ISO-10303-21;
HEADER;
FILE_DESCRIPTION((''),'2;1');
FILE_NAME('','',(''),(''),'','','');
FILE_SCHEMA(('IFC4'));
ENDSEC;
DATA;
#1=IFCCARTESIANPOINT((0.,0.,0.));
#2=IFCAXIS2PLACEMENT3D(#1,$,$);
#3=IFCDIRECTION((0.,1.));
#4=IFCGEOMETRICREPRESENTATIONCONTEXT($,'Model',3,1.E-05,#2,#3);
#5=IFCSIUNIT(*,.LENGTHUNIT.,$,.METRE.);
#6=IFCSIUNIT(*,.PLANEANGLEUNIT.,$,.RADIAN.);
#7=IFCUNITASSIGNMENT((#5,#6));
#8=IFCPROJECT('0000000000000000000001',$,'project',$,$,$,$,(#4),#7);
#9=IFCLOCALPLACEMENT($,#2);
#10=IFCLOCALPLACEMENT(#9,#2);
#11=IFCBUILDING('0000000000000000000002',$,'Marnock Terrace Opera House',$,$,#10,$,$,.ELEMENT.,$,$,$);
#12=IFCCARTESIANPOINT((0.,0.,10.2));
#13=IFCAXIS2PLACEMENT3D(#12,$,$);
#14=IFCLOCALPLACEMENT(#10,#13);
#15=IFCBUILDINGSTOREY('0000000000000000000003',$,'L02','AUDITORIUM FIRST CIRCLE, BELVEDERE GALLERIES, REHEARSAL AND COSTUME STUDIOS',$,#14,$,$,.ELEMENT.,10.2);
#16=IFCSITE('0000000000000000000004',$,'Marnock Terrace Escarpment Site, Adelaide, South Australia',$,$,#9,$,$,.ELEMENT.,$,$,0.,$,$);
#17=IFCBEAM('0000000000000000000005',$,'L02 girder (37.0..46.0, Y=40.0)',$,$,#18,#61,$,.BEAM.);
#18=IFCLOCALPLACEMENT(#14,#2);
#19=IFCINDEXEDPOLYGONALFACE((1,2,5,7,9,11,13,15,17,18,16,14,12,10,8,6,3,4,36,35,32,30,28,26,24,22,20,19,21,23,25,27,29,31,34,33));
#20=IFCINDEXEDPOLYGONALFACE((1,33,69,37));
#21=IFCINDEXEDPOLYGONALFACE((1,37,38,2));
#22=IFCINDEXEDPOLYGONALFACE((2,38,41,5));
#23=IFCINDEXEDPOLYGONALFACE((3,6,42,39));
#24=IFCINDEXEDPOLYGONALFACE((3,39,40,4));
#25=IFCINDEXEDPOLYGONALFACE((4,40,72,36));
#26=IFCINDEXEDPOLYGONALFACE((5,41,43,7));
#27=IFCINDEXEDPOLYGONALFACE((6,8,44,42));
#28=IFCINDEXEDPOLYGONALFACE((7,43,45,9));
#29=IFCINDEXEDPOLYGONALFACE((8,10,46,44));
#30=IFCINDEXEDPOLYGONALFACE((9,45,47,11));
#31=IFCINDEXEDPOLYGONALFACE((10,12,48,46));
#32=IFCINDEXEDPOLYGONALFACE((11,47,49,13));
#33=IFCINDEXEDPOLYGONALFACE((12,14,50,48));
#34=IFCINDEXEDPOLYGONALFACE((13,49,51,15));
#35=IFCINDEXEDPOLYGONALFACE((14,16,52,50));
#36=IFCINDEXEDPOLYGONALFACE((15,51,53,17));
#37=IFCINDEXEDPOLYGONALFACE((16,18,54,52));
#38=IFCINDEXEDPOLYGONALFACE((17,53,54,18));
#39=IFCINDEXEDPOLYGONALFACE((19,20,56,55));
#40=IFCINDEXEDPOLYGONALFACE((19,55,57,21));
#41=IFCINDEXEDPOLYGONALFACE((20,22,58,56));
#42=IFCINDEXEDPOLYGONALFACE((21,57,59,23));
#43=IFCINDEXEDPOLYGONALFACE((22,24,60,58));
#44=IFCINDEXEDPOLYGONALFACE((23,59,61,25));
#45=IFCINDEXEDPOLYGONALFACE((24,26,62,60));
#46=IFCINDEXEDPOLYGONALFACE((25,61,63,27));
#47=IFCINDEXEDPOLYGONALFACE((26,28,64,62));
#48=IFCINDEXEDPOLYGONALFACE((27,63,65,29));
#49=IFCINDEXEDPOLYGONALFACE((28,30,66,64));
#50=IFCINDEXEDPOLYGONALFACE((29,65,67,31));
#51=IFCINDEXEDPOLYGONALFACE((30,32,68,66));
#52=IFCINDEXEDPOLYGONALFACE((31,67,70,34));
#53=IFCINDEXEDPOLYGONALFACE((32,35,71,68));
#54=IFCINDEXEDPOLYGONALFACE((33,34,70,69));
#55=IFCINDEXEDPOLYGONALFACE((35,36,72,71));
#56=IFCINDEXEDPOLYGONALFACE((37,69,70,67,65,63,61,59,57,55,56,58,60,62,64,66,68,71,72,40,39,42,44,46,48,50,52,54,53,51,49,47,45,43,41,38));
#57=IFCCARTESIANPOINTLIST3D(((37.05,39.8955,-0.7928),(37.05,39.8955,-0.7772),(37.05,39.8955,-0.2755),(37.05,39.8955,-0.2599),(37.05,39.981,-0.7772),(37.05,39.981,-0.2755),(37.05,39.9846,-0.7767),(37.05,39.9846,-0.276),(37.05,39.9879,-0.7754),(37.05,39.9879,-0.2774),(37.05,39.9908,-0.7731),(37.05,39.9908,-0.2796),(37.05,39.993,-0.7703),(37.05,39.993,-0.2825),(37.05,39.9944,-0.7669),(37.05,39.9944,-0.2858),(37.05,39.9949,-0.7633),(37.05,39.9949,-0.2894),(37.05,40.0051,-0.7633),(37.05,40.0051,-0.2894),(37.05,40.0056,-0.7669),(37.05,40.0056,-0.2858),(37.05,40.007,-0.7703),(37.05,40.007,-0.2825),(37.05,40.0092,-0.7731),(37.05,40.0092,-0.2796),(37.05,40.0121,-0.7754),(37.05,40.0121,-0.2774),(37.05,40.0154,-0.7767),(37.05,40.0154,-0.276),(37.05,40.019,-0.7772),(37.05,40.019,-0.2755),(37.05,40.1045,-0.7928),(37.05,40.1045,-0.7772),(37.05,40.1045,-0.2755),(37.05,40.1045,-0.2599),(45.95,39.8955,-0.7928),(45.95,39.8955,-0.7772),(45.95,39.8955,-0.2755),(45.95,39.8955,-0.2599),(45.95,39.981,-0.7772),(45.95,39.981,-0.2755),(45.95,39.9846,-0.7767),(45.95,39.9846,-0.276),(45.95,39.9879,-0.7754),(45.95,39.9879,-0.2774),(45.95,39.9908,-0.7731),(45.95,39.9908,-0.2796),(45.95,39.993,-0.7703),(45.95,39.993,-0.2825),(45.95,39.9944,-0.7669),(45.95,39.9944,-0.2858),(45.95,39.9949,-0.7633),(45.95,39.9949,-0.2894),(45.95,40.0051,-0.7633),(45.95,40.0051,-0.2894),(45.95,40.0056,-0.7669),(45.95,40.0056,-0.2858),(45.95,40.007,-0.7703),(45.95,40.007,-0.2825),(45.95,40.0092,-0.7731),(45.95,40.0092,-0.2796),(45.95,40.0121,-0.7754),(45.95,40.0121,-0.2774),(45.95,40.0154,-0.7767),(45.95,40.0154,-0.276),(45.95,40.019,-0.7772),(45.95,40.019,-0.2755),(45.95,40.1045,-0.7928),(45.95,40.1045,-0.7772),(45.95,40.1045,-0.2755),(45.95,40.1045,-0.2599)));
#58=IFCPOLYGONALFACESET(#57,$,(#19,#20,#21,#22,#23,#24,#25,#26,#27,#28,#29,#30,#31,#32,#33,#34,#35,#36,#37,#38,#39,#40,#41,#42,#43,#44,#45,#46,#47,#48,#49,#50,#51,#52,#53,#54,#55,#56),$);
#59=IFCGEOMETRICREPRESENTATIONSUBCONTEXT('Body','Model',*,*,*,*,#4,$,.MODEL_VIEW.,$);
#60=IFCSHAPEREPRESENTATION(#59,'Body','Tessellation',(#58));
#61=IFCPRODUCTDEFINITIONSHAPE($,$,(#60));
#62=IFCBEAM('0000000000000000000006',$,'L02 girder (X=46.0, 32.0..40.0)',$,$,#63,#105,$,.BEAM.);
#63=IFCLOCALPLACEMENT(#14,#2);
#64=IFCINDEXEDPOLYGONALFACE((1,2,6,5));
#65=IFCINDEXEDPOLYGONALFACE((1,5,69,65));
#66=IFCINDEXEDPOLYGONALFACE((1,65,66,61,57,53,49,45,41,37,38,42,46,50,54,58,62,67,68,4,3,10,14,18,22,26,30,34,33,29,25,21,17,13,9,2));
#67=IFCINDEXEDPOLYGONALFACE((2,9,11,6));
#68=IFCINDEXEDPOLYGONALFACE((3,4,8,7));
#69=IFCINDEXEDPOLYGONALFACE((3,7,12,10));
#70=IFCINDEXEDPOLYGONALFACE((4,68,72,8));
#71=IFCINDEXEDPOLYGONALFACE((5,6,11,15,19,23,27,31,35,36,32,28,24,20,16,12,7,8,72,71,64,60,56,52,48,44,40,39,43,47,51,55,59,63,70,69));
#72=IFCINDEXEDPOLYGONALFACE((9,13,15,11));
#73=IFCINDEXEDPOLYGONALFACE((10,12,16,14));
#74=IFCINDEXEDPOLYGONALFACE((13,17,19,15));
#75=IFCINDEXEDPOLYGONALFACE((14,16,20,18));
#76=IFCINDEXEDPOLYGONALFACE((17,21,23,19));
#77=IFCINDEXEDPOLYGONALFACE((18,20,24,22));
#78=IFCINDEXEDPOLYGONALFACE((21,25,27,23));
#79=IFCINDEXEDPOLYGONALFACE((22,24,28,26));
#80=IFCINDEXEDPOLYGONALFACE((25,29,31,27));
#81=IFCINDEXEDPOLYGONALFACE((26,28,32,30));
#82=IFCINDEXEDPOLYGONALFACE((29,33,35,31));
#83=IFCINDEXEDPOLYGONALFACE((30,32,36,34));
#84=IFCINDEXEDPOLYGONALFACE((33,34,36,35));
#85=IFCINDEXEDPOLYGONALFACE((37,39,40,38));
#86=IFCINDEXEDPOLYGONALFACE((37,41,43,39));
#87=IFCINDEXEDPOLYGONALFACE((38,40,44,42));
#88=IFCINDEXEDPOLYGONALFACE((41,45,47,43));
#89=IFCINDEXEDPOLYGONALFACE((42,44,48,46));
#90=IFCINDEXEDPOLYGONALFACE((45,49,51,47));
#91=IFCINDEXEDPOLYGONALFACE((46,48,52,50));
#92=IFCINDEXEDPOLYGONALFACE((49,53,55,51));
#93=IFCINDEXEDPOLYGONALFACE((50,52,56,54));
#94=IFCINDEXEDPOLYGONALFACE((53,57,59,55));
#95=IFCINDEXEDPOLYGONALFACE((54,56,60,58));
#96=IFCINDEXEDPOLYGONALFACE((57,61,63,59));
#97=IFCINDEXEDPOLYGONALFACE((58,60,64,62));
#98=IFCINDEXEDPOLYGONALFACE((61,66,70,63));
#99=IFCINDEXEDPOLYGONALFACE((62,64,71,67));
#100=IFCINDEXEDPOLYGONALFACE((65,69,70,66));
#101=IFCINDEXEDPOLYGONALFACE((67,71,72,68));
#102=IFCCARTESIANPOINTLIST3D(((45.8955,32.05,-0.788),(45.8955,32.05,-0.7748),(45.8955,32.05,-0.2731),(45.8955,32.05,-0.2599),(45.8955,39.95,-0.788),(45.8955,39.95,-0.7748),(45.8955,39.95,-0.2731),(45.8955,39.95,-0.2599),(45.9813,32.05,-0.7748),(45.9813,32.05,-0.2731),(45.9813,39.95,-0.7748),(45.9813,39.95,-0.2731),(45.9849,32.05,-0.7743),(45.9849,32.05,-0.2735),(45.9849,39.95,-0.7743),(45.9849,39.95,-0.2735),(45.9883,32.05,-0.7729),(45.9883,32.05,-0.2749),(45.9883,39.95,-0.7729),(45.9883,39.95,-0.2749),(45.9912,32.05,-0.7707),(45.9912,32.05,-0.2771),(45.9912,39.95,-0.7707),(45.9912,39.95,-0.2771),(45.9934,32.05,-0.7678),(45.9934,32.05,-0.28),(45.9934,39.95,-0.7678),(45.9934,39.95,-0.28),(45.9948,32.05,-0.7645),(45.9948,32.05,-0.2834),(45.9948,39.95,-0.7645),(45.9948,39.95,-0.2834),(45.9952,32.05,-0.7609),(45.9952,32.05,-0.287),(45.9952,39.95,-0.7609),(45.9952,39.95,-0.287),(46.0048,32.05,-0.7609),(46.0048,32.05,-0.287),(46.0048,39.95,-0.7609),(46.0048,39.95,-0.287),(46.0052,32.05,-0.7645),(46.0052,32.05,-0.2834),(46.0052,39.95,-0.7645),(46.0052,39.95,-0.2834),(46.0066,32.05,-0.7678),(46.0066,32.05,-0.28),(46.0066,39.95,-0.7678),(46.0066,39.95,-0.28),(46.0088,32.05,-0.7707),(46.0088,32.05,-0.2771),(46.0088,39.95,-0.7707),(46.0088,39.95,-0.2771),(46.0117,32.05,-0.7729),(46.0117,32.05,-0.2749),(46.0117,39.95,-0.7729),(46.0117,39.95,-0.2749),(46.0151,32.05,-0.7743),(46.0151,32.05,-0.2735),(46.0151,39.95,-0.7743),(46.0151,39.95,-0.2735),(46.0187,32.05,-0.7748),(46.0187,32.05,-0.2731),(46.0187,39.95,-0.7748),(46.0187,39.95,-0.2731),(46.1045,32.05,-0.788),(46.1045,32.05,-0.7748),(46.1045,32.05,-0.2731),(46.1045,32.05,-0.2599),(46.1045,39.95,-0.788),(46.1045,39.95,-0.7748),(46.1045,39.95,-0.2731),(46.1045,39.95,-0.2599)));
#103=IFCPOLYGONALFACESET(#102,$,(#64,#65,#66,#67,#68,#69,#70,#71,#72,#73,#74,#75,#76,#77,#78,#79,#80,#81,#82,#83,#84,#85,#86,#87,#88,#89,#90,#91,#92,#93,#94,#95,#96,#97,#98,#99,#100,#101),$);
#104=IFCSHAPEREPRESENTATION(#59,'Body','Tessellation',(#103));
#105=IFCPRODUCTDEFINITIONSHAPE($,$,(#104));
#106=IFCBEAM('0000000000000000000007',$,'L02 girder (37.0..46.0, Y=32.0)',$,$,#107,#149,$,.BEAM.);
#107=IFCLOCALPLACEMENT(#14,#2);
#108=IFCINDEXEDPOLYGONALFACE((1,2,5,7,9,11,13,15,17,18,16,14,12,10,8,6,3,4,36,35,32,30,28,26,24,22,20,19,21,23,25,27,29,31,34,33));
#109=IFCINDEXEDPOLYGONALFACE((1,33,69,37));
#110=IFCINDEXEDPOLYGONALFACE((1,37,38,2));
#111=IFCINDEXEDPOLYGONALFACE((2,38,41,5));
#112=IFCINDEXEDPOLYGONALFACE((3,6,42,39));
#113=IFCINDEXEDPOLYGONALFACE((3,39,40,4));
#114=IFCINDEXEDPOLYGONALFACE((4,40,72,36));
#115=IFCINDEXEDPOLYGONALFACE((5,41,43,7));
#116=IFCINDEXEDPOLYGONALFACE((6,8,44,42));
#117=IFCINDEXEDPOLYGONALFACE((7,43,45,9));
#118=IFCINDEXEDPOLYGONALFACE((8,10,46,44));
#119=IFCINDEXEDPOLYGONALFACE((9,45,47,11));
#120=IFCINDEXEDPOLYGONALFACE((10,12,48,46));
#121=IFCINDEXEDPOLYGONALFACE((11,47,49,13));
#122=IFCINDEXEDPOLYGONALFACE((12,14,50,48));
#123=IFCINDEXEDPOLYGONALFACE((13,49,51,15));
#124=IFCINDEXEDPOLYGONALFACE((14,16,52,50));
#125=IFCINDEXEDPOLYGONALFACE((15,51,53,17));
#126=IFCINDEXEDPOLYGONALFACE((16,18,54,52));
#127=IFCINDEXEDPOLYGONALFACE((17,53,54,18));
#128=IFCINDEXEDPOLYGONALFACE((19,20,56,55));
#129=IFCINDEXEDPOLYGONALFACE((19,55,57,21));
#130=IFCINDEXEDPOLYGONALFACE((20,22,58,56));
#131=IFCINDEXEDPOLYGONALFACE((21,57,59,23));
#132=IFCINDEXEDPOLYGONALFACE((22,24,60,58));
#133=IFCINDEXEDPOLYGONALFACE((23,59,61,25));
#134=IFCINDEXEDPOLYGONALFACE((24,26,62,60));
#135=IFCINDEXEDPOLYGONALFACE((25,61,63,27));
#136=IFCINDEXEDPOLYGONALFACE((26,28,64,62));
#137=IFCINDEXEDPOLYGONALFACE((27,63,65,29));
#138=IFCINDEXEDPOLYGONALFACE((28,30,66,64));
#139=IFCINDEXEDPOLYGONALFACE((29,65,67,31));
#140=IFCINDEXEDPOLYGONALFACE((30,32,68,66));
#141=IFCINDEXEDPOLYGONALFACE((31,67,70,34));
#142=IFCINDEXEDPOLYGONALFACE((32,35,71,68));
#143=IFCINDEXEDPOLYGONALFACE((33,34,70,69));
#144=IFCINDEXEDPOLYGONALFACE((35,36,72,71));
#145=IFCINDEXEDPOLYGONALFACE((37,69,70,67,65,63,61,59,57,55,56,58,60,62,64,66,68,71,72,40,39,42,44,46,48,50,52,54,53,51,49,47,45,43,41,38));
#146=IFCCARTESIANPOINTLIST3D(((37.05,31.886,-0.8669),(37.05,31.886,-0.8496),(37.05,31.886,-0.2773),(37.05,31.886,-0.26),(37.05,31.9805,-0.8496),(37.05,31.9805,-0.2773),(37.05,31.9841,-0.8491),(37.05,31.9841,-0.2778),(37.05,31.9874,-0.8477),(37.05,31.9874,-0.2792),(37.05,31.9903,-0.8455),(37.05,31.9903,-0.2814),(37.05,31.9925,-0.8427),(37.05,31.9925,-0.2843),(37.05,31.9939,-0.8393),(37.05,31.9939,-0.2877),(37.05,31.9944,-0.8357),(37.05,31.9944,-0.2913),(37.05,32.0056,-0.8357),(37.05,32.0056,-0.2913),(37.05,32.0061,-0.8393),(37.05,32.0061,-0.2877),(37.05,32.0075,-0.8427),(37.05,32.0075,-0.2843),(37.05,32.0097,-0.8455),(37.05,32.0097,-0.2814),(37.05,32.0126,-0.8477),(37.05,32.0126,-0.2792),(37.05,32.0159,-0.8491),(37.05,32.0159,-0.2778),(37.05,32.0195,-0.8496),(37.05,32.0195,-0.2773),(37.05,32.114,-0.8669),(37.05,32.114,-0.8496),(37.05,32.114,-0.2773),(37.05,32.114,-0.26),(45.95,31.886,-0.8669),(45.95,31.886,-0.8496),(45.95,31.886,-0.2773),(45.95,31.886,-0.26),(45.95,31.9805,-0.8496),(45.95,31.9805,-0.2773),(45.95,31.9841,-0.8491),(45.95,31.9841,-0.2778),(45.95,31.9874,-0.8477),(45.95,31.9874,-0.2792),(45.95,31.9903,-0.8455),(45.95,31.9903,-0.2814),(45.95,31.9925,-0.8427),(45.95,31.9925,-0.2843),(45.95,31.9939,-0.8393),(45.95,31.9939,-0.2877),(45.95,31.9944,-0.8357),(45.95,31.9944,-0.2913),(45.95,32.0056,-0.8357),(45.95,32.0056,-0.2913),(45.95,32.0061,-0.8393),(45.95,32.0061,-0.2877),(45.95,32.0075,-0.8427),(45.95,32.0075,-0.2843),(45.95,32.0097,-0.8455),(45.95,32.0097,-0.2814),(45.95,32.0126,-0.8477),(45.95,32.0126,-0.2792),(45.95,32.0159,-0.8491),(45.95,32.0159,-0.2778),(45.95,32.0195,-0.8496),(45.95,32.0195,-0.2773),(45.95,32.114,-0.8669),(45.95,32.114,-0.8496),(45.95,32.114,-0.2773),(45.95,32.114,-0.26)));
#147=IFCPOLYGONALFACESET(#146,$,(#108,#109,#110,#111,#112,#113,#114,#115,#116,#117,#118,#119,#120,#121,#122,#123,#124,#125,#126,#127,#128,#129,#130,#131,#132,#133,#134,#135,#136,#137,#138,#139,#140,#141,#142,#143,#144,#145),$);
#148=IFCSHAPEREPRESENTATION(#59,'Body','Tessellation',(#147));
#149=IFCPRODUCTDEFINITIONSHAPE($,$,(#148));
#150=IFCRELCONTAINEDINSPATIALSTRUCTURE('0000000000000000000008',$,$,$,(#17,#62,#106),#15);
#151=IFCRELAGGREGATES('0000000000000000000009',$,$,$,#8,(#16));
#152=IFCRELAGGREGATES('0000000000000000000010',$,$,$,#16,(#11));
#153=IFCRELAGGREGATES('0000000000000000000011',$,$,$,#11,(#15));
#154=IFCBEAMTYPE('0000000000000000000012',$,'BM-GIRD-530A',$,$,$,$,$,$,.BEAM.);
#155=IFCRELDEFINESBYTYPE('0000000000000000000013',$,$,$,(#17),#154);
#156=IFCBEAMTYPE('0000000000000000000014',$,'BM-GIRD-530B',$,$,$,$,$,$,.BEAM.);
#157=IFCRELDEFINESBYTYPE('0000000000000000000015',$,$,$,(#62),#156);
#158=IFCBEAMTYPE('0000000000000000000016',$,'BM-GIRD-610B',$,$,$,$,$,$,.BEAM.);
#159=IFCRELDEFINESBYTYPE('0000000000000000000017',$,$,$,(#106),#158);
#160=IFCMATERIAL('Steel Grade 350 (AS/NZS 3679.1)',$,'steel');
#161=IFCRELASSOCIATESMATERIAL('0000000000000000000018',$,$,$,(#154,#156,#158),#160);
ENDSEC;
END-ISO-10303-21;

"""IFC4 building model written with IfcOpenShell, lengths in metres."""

from ifc_helpers import new_model, si_unit, direction, frame, origin, origin_2d, place, context, subcontext, project, spatial, i_section, extrude, material, material_profile, profile_set, type_object, element, save


model = new_model("IFC4")

# Units and contexts
model_context = context("Model", 3, precision=1e-05, world=origin(), true_north=direction((0.0, 1.0)))
body_context = subcontext(model_context, "Body", "Model", "MODEL_VIEW")
ifc_project = project(units=[si_unit("LENGTHUNIT", "METRE"), si_unit("PLANEANGLEUNIT", "RADIAN")], contexts=[model_context])

# Site, building, storey
site_placement = place(None, origin())
site = spatial("IfcSite", under=ifc_project, at=site_placement, Name="Marnock Terrace Escarpment Site, Adelaide, South Australia", CompositionType="ELEMENT", RefElevation=0.0)
building_placement = place(site_placement, origin())
building = spatial("IfcBuilding", under=site, at=building_placement, Name="Marnock Terrace Opera House", CompositionType="ELEMENT")
storey_placement = place(building_placement, frame((0.0, 0.0, 10.2)))
storey = spatial("IfcBuildingStorey", under=building, at=storey_placement, Name="L02", Description="AUDITORIUM FIRST CIRCLE, BELVEDERE GALLERIES, REHEARSAL AND COSTUME STUDIOS", CompositionType="ELEMENT", Elevation=10.2)

# Shared definitions
ifc_material_1 = material(Name="Steel Grade 350 (AS/NZS 3679.1)", Category="steel")

# Beams
ifc_material_profile_1 = material_profile(ifc_material_1, i_section(OverallWidth=0.209, OverallDepth=0.533, WebThickness=0.0103, FlangeThickness=0.0156, FilletRadius=0.0139, at=origin_2d()))
ifc_profile_set_1 = profile_set([ifc_material_profile_1], Name="Steel Grade 350 (AS/NZS 3679.1)")
beam_type_1 = type_object("IfcBeamType", Name="BM-GIRD-530A", PredefinedType="BEAM", material=ifc_profile_set_1)
beam_1_placement = place(storey_placement, frame((37.05, 40.0, -0.5264), z_axis=(1.0, 0.0, 0.0), x_axis=(0.0, 1.0, 0.0)))
element("IfcBeam", 1, at=beam_1_placement, inside=storey, type_object=beam_type_1, Name="L02 girder (37.0..46.0, Y=40.0)", PredefinedType="BEAM", context=body_context, shape_type="SweptSolid", body=[
    extrude(i_section(OverallWidth=0.209, OverallDepth=0.533, WebThickness=0.0103, FlangeThickness=0.0156, FilletRadius=0.0139, at=origin_2d()), origin(), (0.0, 0.0, 1.0), 8.8999),
])
ifc_material_profile_2 = material_profile(ifc_material_1, i_section(OverallWidth=0.209, OverallDepth=0.5281, WebThickness=0.0095, FlangeThickness=0.0132, FilletRadius=0.0139, at=origin_2d()))
ifc_profile_set_2 = profile_set([ifc_material_profile_2], Name="Steel Grade 350 (AS/NZS 3679.1)")
beam_type_2 = type_object("IfcBeamType", Name="BM-GIRD-530B", PredefinedType="BEAM", material=ifc_profile_set_2)
beam_2_placement = place(storey_placement, frame((46.0, 32.05, -0.5239), z_axis=(0.0, 1.0, 0.0), x_axis=(-1.0, 0.0, 0.0)))
element("IfcBeam", 2, at=beam_2_placement, inside=storey, type_object=beam_type_2, Name="L02 girder (X=46.0, 32.0..40.0)", PredefinedType="BEAM", context=body_context, shape_type="SweptSolid", body=[
    extrude(i_section(OverallWidth=0.209, OverallDepth=0.5281, WebThickness=0.0095, FlangeThickness=0.0132, FilletRadius=0.0139, at=origin_2d()), origin(), (0.0, 0.0, 1.0), 7.8999),
])
ifc_material_profile_3 = material_profile(ifc_material_1, i_section(OverallWidth=0.228, OverallDepth=0.6069, WebThickness=0.0112, FlangeThickness=0.0173, FilletRadius=0.0139, at=origin_2d()))
ifc_profile_set_3 = profile_set([ifc_material_profile_3], Name="Steel Grade 350 (AS/NZS 3679.1)")
beam_type_3 = type_object("IfcBeamType", Name="BM-GIRD-610B", PredefinedType="BEAM", material=ifc_profile_set_3)
beam_3_placement = place(storey_placement, frame((37.05, 32.0, -0.5635), z_axis=(1.0, 0.0, 0.0), x_axis=(0.0, 1.0, 0.0)))
element("IfcBeam", 3, at=beam_3_placement, inside=storey, type_object=beam_type_3, Name="L02 girder (37.0..46.0, Y=32.0)", PredefinedType="BEAM", context=body_context, shape_type="SweptSolid", body=[
    extrude(i_section(OverallWidth=0.228, OverallDepth=0.6069, WebThickness=0.0112, FlangeThickness=0.0173, FilletRadius=0.0139, at=origin_2d()), origin(), (0.0, 0.0, 1.0), 8.8999),
])

save(model, "model.ifc")
